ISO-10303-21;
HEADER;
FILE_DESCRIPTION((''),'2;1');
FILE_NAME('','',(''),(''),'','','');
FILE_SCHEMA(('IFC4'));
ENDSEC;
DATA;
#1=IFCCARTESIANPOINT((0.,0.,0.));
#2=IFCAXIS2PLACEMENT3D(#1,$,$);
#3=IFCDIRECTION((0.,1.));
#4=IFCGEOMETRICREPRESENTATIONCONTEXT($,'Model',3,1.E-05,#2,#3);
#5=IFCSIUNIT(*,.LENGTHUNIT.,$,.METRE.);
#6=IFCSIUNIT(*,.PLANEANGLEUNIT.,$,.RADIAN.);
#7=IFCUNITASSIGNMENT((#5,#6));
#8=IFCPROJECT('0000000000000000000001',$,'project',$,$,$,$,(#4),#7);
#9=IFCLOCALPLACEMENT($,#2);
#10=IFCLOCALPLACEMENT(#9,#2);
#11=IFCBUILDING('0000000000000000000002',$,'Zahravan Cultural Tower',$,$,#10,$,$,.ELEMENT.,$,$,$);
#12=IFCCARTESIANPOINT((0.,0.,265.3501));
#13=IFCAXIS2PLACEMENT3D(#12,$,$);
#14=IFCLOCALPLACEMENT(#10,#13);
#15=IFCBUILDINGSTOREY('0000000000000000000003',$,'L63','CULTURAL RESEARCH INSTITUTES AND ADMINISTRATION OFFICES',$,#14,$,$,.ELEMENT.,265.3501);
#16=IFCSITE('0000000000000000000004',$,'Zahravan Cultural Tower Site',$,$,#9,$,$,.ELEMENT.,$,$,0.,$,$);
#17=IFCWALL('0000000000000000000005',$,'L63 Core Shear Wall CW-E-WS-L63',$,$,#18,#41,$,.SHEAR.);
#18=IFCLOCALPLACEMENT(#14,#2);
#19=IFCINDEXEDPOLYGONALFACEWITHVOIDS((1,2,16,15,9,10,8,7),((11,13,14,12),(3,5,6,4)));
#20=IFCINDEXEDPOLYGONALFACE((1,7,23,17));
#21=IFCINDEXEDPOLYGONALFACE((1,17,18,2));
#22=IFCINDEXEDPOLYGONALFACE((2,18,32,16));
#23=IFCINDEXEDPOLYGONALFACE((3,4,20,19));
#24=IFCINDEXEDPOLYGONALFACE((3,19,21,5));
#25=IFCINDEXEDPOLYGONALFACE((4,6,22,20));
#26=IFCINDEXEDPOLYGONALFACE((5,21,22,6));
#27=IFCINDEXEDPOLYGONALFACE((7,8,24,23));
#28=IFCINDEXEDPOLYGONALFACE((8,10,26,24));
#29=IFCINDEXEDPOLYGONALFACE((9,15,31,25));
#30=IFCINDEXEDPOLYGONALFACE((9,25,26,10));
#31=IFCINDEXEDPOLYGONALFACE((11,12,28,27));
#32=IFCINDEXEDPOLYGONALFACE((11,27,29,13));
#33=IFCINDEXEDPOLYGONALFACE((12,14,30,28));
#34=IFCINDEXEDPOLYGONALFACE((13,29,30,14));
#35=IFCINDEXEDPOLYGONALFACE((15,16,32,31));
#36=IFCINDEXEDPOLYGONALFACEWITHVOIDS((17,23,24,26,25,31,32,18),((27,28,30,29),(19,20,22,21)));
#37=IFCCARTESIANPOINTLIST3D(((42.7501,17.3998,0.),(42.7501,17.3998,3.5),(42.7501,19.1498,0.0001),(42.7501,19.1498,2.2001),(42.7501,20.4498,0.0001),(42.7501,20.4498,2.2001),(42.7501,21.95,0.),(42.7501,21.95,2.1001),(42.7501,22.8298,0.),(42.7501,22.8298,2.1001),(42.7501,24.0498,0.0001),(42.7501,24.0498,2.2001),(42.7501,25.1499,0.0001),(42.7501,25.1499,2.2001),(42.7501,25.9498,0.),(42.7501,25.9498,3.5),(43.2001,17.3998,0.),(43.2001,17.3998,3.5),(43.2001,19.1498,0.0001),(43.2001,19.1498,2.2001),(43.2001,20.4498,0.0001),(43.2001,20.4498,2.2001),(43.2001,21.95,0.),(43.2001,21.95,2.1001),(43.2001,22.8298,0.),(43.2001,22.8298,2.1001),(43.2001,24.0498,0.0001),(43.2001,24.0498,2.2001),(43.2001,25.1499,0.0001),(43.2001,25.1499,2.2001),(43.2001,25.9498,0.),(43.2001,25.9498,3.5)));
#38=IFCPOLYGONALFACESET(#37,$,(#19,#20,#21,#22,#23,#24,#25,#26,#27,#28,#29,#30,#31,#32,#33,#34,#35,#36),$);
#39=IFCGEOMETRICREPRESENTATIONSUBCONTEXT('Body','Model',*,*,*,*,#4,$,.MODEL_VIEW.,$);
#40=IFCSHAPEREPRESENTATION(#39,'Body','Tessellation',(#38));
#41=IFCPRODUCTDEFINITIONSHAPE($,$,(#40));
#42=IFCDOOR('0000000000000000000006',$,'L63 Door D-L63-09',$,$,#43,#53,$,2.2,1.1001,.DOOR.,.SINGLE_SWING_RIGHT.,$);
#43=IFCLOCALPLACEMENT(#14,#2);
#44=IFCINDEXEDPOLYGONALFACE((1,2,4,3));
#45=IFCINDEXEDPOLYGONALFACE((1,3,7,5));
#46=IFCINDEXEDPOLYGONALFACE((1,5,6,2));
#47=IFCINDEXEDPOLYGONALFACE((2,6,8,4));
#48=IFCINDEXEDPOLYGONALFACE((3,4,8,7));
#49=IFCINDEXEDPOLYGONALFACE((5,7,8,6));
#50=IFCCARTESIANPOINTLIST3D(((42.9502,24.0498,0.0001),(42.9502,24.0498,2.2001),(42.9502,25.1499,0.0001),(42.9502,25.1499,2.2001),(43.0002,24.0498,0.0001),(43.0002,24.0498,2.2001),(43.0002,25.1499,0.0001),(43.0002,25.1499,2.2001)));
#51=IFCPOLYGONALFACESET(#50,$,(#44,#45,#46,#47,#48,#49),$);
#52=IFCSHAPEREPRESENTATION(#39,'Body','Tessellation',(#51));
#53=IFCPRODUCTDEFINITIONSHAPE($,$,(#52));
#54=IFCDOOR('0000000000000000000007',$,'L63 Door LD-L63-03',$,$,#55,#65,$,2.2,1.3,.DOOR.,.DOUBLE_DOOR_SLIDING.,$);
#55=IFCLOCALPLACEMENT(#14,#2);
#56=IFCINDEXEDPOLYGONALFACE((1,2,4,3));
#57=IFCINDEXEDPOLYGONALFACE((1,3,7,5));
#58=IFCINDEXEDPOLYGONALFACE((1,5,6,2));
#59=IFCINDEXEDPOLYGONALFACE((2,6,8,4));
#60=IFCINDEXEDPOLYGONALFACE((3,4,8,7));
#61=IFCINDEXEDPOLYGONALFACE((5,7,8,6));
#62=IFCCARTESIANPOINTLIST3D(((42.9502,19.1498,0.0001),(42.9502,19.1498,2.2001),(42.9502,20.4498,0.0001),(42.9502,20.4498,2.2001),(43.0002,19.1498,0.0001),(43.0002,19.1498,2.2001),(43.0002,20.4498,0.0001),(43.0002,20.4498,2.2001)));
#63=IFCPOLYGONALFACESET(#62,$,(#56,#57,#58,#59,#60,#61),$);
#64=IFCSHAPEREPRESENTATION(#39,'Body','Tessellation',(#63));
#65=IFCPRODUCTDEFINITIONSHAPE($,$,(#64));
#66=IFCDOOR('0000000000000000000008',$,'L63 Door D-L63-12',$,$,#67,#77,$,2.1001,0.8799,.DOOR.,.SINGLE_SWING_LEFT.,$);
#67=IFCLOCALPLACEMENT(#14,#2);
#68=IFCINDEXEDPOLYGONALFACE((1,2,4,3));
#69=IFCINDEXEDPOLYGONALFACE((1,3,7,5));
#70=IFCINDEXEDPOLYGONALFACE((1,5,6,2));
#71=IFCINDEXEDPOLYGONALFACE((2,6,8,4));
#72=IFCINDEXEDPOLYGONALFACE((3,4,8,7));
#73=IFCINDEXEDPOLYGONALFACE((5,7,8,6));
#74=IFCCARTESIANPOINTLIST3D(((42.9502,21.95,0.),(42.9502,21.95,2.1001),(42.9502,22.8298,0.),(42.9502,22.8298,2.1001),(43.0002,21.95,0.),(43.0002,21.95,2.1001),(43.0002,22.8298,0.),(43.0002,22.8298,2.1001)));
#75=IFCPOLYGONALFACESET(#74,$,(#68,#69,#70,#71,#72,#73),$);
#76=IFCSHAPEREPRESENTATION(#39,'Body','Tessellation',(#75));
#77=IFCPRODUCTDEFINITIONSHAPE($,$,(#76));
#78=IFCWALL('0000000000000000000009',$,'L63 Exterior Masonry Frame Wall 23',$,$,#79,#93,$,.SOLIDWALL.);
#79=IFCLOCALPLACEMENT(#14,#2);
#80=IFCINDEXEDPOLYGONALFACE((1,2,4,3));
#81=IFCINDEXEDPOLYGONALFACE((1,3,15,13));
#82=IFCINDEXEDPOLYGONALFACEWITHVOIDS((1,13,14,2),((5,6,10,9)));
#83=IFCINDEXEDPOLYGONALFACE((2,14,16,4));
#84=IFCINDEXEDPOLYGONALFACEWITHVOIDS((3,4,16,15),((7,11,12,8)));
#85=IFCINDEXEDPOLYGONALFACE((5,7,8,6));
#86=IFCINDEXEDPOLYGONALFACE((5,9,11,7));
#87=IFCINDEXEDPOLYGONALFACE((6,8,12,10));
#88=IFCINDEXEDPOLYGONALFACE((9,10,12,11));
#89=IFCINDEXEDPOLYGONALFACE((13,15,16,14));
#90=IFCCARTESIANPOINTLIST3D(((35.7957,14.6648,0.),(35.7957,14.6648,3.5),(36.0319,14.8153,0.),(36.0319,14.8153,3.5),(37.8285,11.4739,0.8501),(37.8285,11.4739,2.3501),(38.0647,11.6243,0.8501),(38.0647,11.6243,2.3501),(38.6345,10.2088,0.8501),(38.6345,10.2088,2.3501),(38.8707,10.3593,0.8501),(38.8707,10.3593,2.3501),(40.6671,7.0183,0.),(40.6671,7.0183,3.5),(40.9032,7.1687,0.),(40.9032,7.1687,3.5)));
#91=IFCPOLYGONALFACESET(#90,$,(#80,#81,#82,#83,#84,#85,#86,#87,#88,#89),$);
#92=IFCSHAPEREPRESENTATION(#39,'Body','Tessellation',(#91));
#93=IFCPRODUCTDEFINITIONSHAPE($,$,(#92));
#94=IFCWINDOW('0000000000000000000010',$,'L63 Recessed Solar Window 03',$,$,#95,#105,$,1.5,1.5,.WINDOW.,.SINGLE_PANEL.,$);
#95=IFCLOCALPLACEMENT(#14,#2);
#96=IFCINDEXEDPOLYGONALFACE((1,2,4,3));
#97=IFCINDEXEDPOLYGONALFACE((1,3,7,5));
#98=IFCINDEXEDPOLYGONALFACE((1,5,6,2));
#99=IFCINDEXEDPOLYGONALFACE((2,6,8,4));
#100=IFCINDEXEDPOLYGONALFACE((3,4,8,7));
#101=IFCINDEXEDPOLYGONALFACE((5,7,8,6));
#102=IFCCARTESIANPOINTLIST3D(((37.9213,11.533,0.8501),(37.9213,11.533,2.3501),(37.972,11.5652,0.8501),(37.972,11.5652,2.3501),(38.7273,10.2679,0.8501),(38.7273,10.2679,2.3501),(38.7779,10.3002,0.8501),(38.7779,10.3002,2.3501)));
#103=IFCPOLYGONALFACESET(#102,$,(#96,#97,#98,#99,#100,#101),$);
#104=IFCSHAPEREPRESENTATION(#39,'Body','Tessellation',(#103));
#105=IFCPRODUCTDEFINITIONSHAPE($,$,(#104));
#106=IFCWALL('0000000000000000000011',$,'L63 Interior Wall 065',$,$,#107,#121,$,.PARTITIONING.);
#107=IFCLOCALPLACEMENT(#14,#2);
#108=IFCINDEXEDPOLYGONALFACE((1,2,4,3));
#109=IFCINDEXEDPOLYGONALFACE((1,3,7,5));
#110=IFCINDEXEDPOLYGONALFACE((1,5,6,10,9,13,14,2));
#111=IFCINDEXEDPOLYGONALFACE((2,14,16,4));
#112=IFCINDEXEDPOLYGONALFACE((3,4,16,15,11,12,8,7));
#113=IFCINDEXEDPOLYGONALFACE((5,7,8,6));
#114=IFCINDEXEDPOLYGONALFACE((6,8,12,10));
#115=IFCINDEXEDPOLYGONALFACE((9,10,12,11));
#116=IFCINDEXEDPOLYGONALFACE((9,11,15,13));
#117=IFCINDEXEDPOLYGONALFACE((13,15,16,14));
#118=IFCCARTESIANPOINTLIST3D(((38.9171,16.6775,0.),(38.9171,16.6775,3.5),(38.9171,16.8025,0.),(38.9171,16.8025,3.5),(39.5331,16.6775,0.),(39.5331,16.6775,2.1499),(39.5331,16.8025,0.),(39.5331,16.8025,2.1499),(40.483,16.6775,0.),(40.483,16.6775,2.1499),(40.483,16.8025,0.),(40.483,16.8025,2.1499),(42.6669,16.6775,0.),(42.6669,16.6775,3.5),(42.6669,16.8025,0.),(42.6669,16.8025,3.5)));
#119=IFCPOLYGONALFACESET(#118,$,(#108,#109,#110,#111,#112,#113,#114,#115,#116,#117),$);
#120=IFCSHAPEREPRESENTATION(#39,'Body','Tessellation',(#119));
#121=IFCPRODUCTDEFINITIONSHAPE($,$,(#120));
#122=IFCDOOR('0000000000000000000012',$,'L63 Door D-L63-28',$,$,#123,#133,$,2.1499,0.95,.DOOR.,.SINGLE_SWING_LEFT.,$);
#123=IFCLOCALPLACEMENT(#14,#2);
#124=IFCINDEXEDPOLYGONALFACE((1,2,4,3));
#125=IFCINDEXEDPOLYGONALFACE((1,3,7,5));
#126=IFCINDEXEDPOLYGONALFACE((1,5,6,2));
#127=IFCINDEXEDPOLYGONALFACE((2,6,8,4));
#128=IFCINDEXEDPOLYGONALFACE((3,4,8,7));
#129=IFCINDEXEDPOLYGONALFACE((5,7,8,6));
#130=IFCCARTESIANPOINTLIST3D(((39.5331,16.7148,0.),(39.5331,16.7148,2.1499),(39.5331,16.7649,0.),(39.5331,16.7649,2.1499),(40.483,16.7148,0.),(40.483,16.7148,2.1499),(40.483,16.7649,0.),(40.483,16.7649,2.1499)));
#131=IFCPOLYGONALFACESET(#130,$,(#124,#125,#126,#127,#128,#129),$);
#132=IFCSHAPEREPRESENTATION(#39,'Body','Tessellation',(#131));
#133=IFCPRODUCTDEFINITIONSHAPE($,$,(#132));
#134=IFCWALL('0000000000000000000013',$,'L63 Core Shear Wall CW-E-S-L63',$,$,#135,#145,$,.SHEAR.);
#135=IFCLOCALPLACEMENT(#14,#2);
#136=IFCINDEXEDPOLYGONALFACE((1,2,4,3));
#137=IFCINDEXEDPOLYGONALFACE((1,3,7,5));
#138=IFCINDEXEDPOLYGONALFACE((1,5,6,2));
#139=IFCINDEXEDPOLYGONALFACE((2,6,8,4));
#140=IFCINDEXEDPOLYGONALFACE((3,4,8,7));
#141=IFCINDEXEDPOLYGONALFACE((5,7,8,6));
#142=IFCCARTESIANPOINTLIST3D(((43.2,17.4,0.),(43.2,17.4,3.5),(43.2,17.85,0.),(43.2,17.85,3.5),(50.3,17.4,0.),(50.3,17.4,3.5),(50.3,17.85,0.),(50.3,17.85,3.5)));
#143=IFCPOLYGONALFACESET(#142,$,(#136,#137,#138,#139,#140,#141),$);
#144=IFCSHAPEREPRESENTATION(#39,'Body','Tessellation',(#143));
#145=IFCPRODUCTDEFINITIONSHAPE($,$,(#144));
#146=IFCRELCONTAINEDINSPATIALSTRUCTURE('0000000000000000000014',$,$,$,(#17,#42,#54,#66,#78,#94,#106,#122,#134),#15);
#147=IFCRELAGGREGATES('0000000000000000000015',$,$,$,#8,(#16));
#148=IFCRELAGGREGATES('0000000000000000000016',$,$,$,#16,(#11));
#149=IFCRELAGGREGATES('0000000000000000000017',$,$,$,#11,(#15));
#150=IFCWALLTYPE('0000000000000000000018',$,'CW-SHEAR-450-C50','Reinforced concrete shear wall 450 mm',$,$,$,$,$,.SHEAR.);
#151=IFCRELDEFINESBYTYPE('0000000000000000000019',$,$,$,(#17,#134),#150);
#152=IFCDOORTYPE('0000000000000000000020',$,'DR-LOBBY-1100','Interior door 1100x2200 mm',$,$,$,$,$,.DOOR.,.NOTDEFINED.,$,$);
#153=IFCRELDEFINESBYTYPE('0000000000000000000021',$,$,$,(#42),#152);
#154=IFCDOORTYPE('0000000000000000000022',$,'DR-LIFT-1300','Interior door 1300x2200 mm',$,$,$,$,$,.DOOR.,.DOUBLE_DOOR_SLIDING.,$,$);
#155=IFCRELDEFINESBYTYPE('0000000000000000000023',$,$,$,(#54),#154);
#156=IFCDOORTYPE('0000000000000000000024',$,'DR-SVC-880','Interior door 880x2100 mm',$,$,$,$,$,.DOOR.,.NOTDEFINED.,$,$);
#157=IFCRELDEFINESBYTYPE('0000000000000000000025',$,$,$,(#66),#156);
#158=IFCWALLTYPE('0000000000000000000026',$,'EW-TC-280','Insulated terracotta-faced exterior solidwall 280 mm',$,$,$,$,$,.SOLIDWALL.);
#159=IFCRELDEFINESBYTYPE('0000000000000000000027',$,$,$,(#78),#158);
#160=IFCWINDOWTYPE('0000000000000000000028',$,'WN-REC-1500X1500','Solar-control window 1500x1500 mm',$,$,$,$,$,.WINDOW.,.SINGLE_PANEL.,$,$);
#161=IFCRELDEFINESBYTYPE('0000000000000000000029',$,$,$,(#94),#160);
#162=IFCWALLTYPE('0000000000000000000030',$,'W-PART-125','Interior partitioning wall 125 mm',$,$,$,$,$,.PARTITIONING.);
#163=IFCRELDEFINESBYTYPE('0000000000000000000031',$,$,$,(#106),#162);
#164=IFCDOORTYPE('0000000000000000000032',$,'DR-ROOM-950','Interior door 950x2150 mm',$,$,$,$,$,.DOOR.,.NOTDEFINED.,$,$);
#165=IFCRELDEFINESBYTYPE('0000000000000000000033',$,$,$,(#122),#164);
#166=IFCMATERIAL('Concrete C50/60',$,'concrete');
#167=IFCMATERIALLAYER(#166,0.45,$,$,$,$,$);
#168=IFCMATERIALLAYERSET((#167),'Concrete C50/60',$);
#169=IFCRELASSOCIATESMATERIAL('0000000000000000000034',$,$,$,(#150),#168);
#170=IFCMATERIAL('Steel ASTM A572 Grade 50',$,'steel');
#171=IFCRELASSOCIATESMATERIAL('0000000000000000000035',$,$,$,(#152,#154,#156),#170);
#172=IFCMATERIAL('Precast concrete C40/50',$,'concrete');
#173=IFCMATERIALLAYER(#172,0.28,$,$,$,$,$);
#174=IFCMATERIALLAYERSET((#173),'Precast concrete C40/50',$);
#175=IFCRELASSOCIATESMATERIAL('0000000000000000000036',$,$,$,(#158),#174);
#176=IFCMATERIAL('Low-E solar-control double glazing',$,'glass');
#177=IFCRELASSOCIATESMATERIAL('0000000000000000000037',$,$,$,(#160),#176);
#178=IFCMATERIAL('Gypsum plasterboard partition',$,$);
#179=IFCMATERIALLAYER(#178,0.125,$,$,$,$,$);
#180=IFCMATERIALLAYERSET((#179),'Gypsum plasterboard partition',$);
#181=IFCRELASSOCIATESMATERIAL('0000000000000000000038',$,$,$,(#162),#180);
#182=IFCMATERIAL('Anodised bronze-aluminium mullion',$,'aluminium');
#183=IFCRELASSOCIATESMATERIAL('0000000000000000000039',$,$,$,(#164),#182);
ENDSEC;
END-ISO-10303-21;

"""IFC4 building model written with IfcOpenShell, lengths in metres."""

from ifc_helpers import new_model, si_unit, direction, frame, frame_2d, origin, place, context, subcontext, project, spatial, rectangle, extrude, source, transform, mapped, material, layer, layer_set, type_object, element, fill, save


model = new_model("IFC4")

# Units and contexts
model_context = context("Model", 3, precision=1e-05, world=origin(), true_north=direction((0.0, 1.0)))
body_context = subcontext(model_context, "Body", "Model", "MODEL_VIEW")
ifc_project = project(units=[si_unit("LENGTHUNIT", "METRE"), si_unit("PLANEANGLEUNIT", "RADIAN")], contexts=[model_context])

# Site, building, storey
site_placement = place(None, origin())
site = spatial("IfcSite", under=ifc_project, at=site_placement, Name="Zahravan Cultural Tower Site", CompositionType="ELEMENT", RefElevation=0.0)
building_placement = place(site_placement, origin())
building = spatial("IfcBuilding", under=site, at=building_placement, Name="Zahravan Cultural Tower", CompositionType="ELEMENT")
storey_placement = place(building_placement, frame((0.0, 0.0, 265.3501)))
storey = spatial("IfcBuildingStorey", under=building, at=storey_placement, Name="L63", Description="CULTURAL RESEARCH INSTITUTES AND ADMINISTRATION OFFICES", CompositionType="ELEMENT", Elevation=265.3501)

# Shared definitions
ifc_material_1 = material(Name="Concrete C50/60", Category="concrete")

# Wall, openings, doors
ifc_layer_1 = layer(ifc_material_1, 0.45)
ifc_layer_set_1 = layer_set([ifc_layer_1], Name="Concrete C50/60")
wall_type_1 = type_object("IfcWallType", Name="CW-SHEAR-450-C50", Description="Reinforced concrete shear wall 450 mm", PredefinedType="SHEAR", material=ifc_layer_set_1)
wall_1_placement = place(storey_placement, frame((42.9751, 17.3999, 0.0), z_axis=(0.0, 0.0, 1.0), x_axis=(0.0, 1.0, 0.0)))
wall_1 = element("IfcWall", 1, at=wall_1_placement, inside=storey, type_object=wall_type_1, Name="L63 Core Shear Wall CW-E-WS-L63", PredefinedType="SHEAR", context=body_context, shape_type="SweptSolid", body=[
    extrude(rectangle(XDim=8.55, YDim=0.45, at=frame_2d((4.2749, 0.0))), origin(), (0.0, 0.0, 1.0), 3.5),
])
opening_1_placement = place(wall_1_placement, frame((6.6499, 0.0, 0.0)))
opening_1 = element("IfcOpeningElement", 2, at=opening_1_placement, cuts=wall_1, PredefinedType="OPENING", context=body_context, shape_type="SweptSolid", body=[
    extrude(rectangle(XDim=1.1001, YDim=2.2, at=frame_2d((0.55, 1.1001))), frame((0.0, 0.2349, 0.0), z_axis=(0.0, -1.0, 0.0), x_axis=(1.0, 0.0, 0.0)), (0.0, 0.0, 1.0), 0.47),
])
opening_2_placement = place(wall_1_placement, frame((1.75, 0.0, 0.0)))
opening_2 = element("IfcOpeningElement", 3, at=opening_2_placement, cuts=wall_1, PredefinedType="OPENING", context=body_context, shape_type="SweptSolid", body=[
    extrude(rectangle(XDim=1.3, YDim=2.2, at=frame_2d((0.6499, 1.1001))), frame((0.0, 0.2349, 0.0), z_axis=(0.0, -1.0, 0.0), x_axis=(1.0, 0.0, 0.0)), (0.0, 0.0, 1.0), 0.47),
])
opening_3_placement = place(wall_1_placement, frame((4.55, 0.0, 0.0)))
opening_3 = element("IfcOpeningElement", 4, at=opening_3_placement, cuts=wall_1, PredefinedType="OPENING", context=body_context, shape_type="SweptSolid", body=[
    extrude(rectangle(XDim=0.8799, YDim=2.1001, at=frame_2d((0.4399, 1.05))), frame((0.0, 0.2349, 0.0), z_axis=(0.0, -1.0, 0.0), x_axis=(1.0, 0.0, 0.0)), (0.0, 0.0, 1.0), 0.47),
])
ifc_material_2 = material(Name="Steel ASTM A572 Grade 50", Category="steel")
door_type_1 = type_object("IfcDoorType", Name="DR-LOBBY-1100", Description="Interior door 1100x2200 mm", OperationType="NOTDEFINED", PredefinedType="DOOR", material=ifc_material_2)
shared_shape_1 = source(origin(), body_context, "Body", "SweptSolid", [
    extrude(rectangle(XDim=1.1001, YDim=2.2, at=frame_2d((0.55, 1.1001))), frame((0.0, 0.0249, 0.0), z_axis=(0.0, -1.0, 0.0), x_axis=(1.0, 0.0, 0.0)), (0.0, 0.0, 1.0), 0.05),
])
door_1_placement = place(opening_1_placement, origin())
door_1 = element("IfcDoor", 5, at=door_1_placement, inside=storey, type_object=door_type_1, Name="L63 Door D-L63-09", OperationType="SINGLE_SWING_RIGHT", OverallHeight=2.2, OverallWidth=1.1001, PredefinedType="DOOR", context=body_context, shape_type="MappedRepresentation", body=[
    mapped(shared_shape_1, transform((0.0, 0.0, 0.0), x_axis=(1.0, 0.0, 0.0), y_axis=(0.0, 1.0, 0.0), z_axis=(0.0, 0.0, 1.0), scale=1.0)),
])
fill(opening_1, door_1)
door_type_2 = type_object("IfcDoorType", Name="DR-LIFT-1300", Description="Interior door 1300x2200 mm", OperationType="DOUBLE_DOOR_SLIDING", PredefinedType="DOOR", material=ifc_material_2)
shared_shape_2 = source(origin(), body_context, "Body", "SweptSolid", [
    extrude(rectangle(XDim=1.3, YDim=2.2, at=frame_2d((0.6499, 1.1001))), frame((0.0, 0.0249, 0.0), z_axis=(0.0, -1.0, 0.0), x_axis=(1.0, 0.0, 0.0)), (0.0, 0.0, 1.0), 0.05),
])
door_2_placement = place(opening_2_placement, origin())
door_2 = element("IfcDoor", 6, at=door_2_placement, inside=storey, type_object=door_type_2, Name="L63 Door LD-L63-03", OperationType="DOUBLE_DOOR_SLIDING", OverallHeight=2.2, OverallWidth=1.3, PredefinedType="DOOR", context=body_context, shape_type="MappedRepresentation", body=[
    mapped(shared_shape_2, transform((0.0, 0.0, 0.0), x_axis=(1.0, 0.0, 0.0), y_axis=(0.0, 1.0, 0.0), z_axis=(0.0, 0.0, 1.0), scale=1.0)),
])
fill(opening_2, door_2)
door_type_3 = type_object("IfcDoorType", Name="DR-SVC-880", Description="Interior door 880x2100 mm", OperationType="NOTDEFINED", PredefinedType="DOOR", material=ifc_material_2)
shared_shape_3 = source(origin(), body_context, "Body", "SweptSolid", [
    extrude(rectangle(XDim=0.8799, YDim=2.1001, at=frame_2d((0.4399, 1.05))), frame((0.0, 0.0249, 0.0), z_axis=(0.0, -1.0, 0.0), x_axis=(1.0, 0.0, 0.0)), (0.0, 0.0, 1.0), 0.05),
])
door_3_placement = place(opening_3_placement, origin())
door_3 = element("IfcDoor", 7, at=door_3_placement, inside=storey, type_object=door_type_3, Name="L63 Door D-L63-12", OperationType="SINGLE_SWING_LEFT", OverallHeight=2.1001, OverallWidth=0.8799, PredefinedType="DOOR", context=body_context, shape_type="MappedRepresentation", body=[
    mapped(shared_shape_3, transform((0.0, 0.0, 0.0), x_axis=(1.0, 0.0, 0.0), y_axis=(0.0, 1.0, 0.0), z_axis=(0.0, 0.0, 1.0), scale=1.0)),
])
fill(opening_3, door_3)

# Wall, opening, window
ifc_material_3 = material(Name="Precast concrete C40/50", Category="concrete")
ifc_layer_2 = layer(ifc_material_3, 0.28)
ifc_layer_set_2 = layer_set([ifc_layer_2], Name="Precast concrete C40/50")
wall_type_2 = type_object("IfcWallType", Name="EW-TC-280", Description="Insulated terracotta-faced exterior solidwall 280 mm", PredefinedType="SOLIDWALL", material=ifc_layer_set_2)
wall_2_placement = place(storey_placement, frame((40.7852, 7.0935, 0.0), z_axis=(0.0, 0.0, 1.0), x_axis=(-0.537299, 0.843392, 0.0)))
wall_2 = element("IfcWall", 8, at=wall_2_placement, inside=storey, type_object=wall_type_2, Name="L63 Exterior Masonry Frame Wall 23", PredefinedType="SOLIDWALL", context=body_context, shape_type="SweptSolid", body=[
    extrude(rectangle(XDim=9.0664, YDim=0.28, at=frame_2d((4.5332, 0.0))), origin(), (0.0, 0.0, 1.0), 3.5),
])
opening_4_placement = place(wall_2_placement, frame((3.783, 0.0, 0.8501)))
opening_4 = element("IfcOpeningElement", 9, at=opening_4_placement, cuts=wall_2, PredefinedType="OPENING", context=body_context, shape_type="SweptSolid", body=[
    extrude(rectangle(XDim=1.5, YDim=1.5, at=frame_2d((0.75, 0.75))), frame((0.0, 0.1499, 0.0), z_axis=(0.0, -1.0, 0.0), x_axis=(1.0, 0.0, 0.0)), (0.0, 0.0, 1.0), 0.3),
])
ifc_material_4 = material(Name="Low-E solar-control double glazing", Category="glass")
window_type = type_object("IfcWindowType", Name="WN-REC-1500X1500", Description="Solar-control window 1500x1500 mm", PartitioningType="SINGLE_PANEL", PredefinedType="WINDOW", material=ifc_material_4)
shared_shape_4 = source(origin(), body_context, "Body", "SweptSolid", [
    extrude(rectangle(XDim=1.5, YDim=1.5, at=frame_2d((0.75, 0.75))), frame((0.0, 0.03, 0.0), z_axis=(0.0, -1.0, 0.0), x_axis=(1.0, 0.0, 0.0)), (0.0, 0.0, 1.0), 0.0601),
])
window_placement = place(opening_4_placement, origin())
window = element("IfcWindow", 10, at=window_placement, inside=storey, type_object=window_type, Name="L63 Recessed Solar Window 03", OverallHeight=1.5, OverallWidth=1.5, PartitioningType="SINGLE_PANEL", PredefinedType="WINDOW", context=body_context, shape_type="MappedRepresentation", body=[
    mapped(shared_shape_4, transform((0.0, 0.0, 0.0), x_axis=(1.0, 0.0, 0.0), y_axis=(0.0, 1.0, 0.0), z_axis=(0.0, 0.0, 1.0), scale=1.0)),
])
fill(opening_4, window)

# Wall, opening, door
ifc_material_5 = material(Name="Gypsum plasterboard partition")
ifc_layer_3 = layer(ifc_material_5, 0.125)
ifc_layer_set_3 = layer_set([ifc_layer_3], Name="Gypsum plasterboard partition")
wall_type_3 = type_object("IfcWallType", Name="W-PART-125", Description="Interior partitioning wall 125 mm", PredefinedType="PARTITIONING", material=ifc_layer_set_3)
wall_3_placement = place(storey_placement, frame((38.917, 16.74, 0.0), z_axis=(0.0, 0.0, 1.0), x_axis=(1.0, 0.0, 0.0)))
wall_3 = element("IfcWall", 11, at=wall_3_placement, inside=storey, type_object=wall_type_3, Name="L63 Interior Wall 065", PredefinedType="PARTITIONING", context=body_context, shape_type="SweptSolid", body=[
    extrude(rectangle(XDim=3.7498, YDim=0.125, at=frame_2d((1.875, 0.0))), origin(), (0.0, 0.0, 1.0), 3.5),
])
opening_5_placement = place(wall_3_placement, frame((0.616, 0.0, 0.0)))
opening_5 = element("IfcOpeningElement", 12, at=opening_5_placement, cuts=wall_3, PredefinedType="OPENING", context=body_context, shape_type="SweptSolid", body=[
    extrude(rectangle(XDim=0.95, YDim=2.1499, at=frame_2d((0.4751, 1.075))), frame((0.0, 0.0725, 0.0), z_axis=(0.0, -1.0, 0.0), x_axis=(1.0, 0.0, 0.0)), (0.0, 0.0, 1.0), 0.145),
])
ifc_material_6 = material(Name="Anodised bronze-aluminium mullion", Category="aluminium")
door_type_4 = type_object("IfcDoorType", Name="DR-ROOM-950", Description="Interior door 950x2150 mm", OperationType="NOTDEFINED", PredefinedType="DOOR", material=ifc_material_6)
shared_shape_5 = source(origin(), body_context, "Body", "SweptSolid", [
    extrude(rectangle(XDim=0.95, YDim=2.1499, at=frame_2d((0.4751, 1.075))), frame((0.0, 0.0249, 0.0), z_axis=(0.0, -1.0, 0.0), x_axis=(1.0, 0.0, 0.0)), (0.0, 0.0, 1.0), 0.05),
])
door_4_placement = place(opening_5_placement, origin())
door_4 = element("IfcDoor", 13, at=door_4_placement, inside=storey, type_object=door_type_4, Name="L63 Door D-L63-28", OperationType="SINGLE_SWING_LEFT", OverallHeight=2.1499, OverallWidth=0.95, PredefinedType="DOOR", context=body_context, shape_type="MappedRepresentation", body=[
    mapped(shared_shape_5, transform((0.0, 0.0, 0.0), x_axis=(1.0, 0.0, 0.0), y_axis=(0.0, 1.0, 0.0), z_axis=(0.0, 0.0, 1.0), scale=1.0)),
])
fill(opening_5, door_4)

# Wall
shared_shape_6 = source(origin(), body_context, "Body", "SweptSolid", [
    extrude(rectangle(XDim=7.1001, YDim=0.45, at=frame_2d((3.55, 0.0))), origin(), (0.0, 0.0, 1.0), 3.5),
])
wall_4_placement = place(storey_placement, frame((43.2, 17.625, 0.0), z_axis=(0.0, 0.0, 1.0), x_axis=(1.0, 0.0, 0.0)))
element("IfcWall", 14, at=wall_4_placement, inside=storey, type_object=wall_type_1, Name="L63 Core Shear Wall CW-E-S-L63", PredefinedType="SHEAR", context=body_context, shape_type="MappedRepresentation", body=[
    mapped(shared_shape_6, transform((0.0, 0.0, 0.0), x_axis=(1.0, 0.0, 0.0), y_axis=(0.0, 1.0, 0.0), z_axis=(0.0, 0.0, 1.0), scale=1.0)),
])

save(model, "model.ifc")
